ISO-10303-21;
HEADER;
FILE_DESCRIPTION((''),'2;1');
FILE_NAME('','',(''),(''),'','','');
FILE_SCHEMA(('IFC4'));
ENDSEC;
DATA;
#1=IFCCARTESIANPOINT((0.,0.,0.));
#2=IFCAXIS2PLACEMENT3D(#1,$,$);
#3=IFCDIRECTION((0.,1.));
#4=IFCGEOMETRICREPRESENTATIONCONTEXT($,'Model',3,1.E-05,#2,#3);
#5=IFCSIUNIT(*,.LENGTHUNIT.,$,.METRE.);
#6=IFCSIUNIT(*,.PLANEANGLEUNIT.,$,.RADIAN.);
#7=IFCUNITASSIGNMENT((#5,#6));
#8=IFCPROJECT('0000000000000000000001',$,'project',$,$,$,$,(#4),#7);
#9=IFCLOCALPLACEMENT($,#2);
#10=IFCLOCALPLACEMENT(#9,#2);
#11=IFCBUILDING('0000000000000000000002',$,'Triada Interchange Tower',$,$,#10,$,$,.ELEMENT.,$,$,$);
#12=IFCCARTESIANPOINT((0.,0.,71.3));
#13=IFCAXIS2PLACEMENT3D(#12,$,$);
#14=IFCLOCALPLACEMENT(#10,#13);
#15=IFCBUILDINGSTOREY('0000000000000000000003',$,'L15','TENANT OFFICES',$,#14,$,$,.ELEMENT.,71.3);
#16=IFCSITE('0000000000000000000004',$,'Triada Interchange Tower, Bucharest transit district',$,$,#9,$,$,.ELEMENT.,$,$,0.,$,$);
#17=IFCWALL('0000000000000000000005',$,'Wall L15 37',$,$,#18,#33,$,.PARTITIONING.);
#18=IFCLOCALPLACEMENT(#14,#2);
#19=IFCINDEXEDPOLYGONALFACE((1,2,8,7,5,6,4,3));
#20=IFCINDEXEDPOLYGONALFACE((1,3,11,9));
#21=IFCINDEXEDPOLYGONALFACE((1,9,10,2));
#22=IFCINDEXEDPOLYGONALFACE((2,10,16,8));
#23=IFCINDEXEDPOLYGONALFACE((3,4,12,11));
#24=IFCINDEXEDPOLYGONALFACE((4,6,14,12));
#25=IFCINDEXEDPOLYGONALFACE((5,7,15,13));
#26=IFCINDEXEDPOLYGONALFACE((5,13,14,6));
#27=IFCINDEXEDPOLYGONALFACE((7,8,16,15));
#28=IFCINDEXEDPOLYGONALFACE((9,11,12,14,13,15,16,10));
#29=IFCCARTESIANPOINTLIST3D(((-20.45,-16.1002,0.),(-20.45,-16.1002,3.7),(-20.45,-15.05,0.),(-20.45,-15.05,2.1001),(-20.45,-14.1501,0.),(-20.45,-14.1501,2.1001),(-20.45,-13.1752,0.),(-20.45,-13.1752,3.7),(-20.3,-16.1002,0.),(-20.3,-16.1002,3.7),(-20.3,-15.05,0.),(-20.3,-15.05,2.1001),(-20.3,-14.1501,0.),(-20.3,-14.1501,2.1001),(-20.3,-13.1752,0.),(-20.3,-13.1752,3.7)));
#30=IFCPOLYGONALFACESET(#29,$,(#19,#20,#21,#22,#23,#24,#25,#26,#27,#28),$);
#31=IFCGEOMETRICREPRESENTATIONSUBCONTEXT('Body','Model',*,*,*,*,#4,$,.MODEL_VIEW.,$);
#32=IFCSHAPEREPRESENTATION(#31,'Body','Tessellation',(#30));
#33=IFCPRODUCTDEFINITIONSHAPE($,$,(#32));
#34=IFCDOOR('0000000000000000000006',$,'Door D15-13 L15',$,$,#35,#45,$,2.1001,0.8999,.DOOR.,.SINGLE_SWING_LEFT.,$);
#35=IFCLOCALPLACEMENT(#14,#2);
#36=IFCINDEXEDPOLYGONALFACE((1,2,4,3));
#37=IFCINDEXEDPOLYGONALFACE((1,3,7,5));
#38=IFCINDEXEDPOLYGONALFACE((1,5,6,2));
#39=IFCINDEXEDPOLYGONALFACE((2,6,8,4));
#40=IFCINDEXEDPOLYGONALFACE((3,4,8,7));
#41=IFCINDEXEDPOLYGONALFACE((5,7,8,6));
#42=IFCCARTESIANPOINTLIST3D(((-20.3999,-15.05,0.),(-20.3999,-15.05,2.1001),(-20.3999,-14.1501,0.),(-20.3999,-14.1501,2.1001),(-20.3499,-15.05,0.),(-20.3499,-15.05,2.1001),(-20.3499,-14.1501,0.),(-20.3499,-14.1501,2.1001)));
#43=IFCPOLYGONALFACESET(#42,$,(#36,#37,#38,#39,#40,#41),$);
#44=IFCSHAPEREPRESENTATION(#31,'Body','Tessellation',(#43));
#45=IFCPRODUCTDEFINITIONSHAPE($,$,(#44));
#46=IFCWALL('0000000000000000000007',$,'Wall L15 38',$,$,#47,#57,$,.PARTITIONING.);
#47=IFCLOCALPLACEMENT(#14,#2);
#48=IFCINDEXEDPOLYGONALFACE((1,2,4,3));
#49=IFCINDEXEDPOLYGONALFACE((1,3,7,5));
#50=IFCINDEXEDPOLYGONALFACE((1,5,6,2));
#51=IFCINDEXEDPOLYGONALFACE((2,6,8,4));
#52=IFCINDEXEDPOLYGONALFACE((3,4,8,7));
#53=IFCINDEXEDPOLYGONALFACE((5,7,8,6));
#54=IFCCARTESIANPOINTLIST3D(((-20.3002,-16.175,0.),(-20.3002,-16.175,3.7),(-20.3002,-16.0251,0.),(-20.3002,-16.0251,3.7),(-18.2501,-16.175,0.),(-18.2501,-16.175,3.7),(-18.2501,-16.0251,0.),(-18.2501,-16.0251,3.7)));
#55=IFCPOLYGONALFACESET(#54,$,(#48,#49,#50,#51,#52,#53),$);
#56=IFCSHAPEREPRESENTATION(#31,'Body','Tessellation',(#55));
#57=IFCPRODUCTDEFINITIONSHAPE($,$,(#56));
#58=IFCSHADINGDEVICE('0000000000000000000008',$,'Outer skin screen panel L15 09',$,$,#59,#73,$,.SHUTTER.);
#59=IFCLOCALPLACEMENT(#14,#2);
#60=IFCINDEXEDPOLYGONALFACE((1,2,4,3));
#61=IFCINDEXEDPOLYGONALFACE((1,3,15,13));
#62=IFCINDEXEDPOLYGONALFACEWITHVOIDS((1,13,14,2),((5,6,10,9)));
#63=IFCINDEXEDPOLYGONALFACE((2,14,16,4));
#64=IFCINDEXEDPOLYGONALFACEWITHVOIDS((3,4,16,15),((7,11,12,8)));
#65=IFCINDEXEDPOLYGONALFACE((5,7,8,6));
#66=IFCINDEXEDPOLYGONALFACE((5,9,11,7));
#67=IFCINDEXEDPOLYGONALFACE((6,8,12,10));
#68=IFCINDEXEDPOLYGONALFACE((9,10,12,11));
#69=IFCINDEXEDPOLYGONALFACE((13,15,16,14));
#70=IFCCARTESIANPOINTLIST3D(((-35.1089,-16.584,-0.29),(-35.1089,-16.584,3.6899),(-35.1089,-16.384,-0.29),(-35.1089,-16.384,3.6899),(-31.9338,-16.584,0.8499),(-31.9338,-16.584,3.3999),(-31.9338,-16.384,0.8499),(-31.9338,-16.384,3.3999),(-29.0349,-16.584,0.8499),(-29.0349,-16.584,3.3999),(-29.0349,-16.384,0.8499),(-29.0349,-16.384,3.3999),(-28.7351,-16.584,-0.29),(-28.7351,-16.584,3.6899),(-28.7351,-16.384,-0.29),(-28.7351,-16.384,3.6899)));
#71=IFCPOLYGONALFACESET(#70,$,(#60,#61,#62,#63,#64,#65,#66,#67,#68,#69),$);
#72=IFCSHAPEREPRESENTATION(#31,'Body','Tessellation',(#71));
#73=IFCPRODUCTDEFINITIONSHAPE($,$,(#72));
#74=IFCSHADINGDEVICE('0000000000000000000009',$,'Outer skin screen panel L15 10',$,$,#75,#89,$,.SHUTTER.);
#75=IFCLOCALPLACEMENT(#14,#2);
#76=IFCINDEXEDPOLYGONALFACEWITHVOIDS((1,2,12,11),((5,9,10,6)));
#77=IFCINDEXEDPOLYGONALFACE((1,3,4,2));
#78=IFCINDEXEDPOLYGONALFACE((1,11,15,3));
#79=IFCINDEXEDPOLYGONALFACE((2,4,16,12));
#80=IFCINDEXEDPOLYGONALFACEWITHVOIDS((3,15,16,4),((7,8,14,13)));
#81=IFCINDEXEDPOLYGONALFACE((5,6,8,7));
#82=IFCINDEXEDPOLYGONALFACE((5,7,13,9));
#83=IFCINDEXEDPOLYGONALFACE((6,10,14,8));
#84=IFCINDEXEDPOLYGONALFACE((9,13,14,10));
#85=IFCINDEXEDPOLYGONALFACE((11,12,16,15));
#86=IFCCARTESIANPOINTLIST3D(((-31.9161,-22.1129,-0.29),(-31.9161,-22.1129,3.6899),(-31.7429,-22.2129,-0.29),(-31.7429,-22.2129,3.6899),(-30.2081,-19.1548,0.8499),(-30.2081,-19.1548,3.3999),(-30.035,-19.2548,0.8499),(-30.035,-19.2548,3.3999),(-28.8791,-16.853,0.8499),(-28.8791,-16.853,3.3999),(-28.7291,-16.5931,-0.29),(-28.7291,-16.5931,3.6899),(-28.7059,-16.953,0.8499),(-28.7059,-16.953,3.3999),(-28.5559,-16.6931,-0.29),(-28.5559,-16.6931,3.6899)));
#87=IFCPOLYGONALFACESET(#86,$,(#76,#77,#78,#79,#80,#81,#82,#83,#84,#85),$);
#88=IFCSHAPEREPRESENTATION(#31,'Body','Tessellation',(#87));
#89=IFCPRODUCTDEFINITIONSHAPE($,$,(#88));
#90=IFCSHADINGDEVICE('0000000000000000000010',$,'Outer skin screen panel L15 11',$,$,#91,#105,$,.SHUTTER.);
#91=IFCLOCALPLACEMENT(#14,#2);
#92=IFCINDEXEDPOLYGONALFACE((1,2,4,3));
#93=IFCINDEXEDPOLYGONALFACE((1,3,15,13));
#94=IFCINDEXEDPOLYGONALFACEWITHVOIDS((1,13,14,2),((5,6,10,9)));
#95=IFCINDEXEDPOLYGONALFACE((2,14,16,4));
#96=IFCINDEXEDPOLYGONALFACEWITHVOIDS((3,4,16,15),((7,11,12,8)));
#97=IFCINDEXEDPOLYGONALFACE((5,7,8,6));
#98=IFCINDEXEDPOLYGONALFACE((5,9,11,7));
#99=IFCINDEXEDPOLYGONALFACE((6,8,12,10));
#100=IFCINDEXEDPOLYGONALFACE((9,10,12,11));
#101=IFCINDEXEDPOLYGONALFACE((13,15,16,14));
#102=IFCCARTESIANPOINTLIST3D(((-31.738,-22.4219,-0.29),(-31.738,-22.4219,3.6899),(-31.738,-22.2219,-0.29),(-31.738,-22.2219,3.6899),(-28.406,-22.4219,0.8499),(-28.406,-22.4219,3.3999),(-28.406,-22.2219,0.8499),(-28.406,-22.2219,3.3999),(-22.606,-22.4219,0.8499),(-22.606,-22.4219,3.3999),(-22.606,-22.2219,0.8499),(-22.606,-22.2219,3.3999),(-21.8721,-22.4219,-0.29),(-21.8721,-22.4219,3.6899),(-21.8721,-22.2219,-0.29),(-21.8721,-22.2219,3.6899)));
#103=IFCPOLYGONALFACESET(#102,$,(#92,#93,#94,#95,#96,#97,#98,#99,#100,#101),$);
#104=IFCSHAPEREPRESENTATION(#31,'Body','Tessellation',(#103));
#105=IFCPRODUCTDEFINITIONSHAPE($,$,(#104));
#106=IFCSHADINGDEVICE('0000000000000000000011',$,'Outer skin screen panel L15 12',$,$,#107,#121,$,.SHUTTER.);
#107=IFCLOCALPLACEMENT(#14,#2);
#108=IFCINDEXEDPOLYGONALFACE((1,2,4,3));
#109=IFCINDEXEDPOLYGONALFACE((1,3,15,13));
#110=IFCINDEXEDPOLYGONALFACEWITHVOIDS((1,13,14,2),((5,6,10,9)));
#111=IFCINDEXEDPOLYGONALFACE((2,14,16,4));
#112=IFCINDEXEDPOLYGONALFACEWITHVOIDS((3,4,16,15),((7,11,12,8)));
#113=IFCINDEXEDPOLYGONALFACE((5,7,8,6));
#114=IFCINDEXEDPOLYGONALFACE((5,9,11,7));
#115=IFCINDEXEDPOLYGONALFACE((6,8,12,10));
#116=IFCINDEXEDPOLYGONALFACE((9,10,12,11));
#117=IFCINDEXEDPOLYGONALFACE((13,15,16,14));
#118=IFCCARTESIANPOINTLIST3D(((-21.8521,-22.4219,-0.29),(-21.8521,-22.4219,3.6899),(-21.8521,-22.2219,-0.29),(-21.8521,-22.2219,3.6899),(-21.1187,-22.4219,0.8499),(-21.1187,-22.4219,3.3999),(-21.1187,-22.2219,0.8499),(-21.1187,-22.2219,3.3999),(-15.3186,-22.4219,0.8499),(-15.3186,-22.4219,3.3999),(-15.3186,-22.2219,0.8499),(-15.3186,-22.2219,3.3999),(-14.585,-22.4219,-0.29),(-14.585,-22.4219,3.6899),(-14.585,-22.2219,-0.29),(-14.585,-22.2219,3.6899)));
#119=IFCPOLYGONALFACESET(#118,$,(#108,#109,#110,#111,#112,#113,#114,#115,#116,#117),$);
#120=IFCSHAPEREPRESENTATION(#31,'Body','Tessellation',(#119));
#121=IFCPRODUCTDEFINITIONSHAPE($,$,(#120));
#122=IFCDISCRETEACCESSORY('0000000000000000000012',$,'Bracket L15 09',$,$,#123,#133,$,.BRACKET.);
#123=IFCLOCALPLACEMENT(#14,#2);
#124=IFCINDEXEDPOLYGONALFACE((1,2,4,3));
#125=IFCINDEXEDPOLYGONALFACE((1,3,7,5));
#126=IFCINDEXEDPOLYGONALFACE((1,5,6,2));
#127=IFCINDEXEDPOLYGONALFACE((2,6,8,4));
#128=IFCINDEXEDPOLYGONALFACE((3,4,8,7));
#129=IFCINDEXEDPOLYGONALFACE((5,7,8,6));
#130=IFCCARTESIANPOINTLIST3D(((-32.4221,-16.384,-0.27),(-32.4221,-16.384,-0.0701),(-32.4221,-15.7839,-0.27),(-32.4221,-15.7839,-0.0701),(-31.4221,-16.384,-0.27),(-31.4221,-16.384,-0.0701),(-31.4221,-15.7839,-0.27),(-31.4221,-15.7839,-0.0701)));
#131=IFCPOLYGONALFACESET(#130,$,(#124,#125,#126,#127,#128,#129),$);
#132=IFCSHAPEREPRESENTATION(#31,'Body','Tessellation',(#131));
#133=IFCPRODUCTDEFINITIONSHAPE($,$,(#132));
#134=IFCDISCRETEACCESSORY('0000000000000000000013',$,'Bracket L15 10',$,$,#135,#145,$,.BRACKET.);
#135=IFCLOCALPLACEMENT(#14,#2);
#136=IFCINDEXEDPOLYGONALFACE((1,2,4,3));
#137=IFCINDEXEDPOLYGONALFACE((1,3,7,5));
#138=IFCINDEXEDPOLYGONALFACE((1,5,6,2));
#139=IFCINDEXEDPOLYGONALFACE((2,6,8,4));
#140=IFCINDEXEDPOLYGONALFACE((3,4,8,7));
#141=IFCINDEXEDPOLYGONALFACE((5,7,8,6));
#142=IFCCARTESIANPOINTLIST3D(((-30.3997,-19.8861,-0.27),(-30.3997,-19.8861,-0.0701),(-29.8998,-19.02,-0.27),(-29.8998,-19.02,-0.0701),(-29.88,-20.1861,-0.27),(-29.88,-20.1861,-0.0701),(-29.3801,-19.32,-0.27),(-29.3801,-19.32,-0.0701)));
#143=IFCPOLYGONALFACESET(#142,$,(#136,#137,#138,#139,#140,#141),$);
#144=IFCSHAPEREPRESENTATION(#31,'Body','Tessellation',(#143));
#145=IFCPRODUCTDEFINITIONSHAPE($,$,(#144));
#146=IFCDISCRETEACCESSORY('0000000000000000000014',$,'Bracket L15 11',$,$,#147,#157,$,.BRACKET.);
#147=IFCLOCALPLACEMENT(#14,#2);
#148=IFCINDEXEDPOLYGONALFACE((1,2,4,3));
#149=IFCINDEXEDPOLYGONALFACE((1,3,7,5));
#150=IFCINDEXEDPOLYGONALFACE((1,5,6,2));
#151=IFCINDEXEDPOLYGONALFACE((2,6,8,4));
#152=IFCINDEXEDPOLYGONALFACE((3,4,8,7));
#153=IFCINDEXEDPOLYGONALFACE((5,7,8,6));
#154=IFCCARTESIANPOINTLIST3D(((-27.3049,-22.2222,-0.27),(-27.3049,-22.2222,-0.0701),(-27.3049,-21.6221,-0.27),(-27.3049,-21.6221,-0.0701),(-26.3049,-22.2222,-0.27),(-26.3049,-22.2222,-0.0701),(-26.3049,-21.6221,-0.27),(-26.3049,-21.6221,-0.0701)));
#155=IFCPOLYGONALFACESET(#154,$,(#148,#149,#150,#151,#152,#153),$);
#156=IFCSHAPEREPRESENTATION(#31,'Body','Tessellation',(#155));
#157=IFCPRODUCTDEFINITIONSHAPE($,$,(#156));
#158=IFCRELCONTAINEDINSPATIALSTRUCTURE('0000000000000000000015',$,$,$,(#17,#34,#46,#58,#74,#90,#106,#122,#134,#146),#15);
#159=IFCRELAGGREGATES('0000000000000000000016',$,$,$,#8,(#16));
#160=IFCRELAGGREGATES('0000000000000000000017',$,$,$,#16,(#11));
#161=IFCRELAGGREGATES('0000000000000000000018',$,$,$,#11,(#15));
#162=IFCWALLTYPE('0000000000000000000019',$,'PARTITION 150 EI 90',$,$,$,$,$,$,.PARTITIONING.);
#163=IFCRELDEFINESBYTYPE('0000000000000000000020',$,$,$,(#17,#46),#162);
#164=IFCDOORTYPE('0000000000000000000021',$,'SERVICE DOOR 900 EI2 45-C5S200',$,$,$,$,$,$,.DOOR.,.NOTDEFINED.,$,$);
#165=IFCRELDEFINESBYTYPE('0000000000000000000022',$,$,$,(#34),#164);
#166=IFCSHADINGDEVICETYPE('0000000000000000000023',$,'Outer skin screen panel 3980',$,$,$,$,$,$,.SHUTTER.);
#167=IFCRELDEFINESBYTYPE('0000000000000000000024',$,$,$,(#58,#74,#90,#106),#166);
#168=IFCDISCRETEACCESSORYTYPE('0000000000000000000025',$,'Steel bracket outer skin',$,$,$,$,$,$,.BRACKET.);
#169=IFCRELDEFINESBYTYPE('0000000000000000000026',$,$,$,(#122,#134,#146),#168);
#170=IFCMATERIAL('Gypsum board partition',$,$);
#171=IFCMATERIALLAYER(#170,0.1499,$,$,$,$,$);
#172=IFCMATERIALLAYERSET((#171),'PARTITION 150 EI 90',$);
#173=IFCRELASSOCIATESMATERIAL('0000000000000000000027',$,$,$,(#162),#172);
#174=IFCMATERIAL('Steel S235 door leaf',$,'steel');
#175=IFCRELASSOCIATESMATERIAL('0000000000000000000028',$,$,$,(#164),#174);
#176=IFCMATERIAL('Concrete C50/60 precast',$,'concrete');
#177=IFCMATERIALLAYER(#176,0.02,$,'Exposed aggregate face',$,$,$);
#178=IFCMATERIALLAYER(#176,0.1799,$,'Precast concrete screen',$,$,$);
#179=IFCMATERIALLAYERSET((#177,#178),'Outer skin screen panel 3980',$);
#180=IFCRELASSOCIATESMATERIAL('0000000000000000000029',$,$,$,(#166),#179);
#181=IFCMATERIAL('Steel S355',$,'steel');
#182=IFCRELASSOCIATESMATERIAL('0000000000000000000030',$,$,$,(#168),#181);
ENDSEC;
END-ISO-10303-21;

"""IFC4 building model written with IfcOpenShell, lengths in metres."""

from ifc_helpers import new_model, si_unit, direction, frame, frame_2d, origin, origin_2d, place, context, subcontext, project, spatial, polyline, rectangle, outline, extrude, material, layer, layer_set, type_object, element, fill, save


model = new_model("IFC4")

# Units and contexts
model_context = context("Model", 3, precision=1e-05, world=origin(), true_north=direction((0.0, 1.0)))
body_context = subcontext(model_context, "Body", "Model", "MODEL_VIEW")
ifc_project = project(units=[si_unit("LENGTHUNIT", "METRE"), si_unit("PLANEANGLEUNIT", "RADIAN")], contexts=[model_context])

# Site, building, storey
site_placement = place(None, origin())
site = spatial("IfcSite", under=ifc_project, at=site_placement, Name="Triada Interchange Tower, Bucharest transit district", CompositionType="ELEMENT", RefElevation=0.0)
building_placement = place(site_placement, origin())
building = spatial("IfcBuilding", under=site, at=building_placement, Name="Triada Interchange Tower", CompositionType="ELEMENT")
storey_placement = place(building_placement, frame((0.0, 0.0, 71.3)))
storey = spatial("IfcBuildingStorey", under=building, at=storey_placement, Name="L15", Description="TENANT OFFICES", CompositionType="ELEMENT", Elevation=71.3)

# Wall, opening, door
ifc_material_1 = material(Name="Gypsum board partition")
ifc_layer_1 = layer(ifc_material_1, 0.1499)
ifc_layer_set_1 = layer_set([ifc_layer_1], Name="PARTITION 150 EI 90")
wall_type_1 = type_object("IfcWallType", Name="PARTITION 150 EI 90", PredefinedType="PARTITIONING", material=ifc_layer_set_1)
wall_1_placement = place(storey_placement, frame((-20.375, -16.1001, 0.0), z_axis=(0.0, 0.0, 1.0), x_axis=(0.0, 1.0, 0.0)))
wall_1 = element("IfcWall", 1, at=wall_1_placement, inside=storey, type_object=wall_type_1, Name="Wall L15 37", PredefinedType="PARTITIONING", context=body_context, shape_type="SweptSolid", body=[
    extrude(rectangle(XDim=2.925, YDim=0.1499, at=frame_2d((1.4624, 0.0))), origin(), (0.0, 0.0, 1.0), 3.7),
])
opening_1_placement = place(wall_1_placement, frame((1.05, 0.0, 0.0)))
opening_1 = element("IfcOpeningElement", 2, at=opening_1_placement, cuts=wall_1, PredefinedType="OPENING", context=body_context, shape_type="SweptSolid", body=[
    extrude(rectangle(XDim=0.8999, YDim=2.1001, at=frame_2d((0.45, 1.05))), frame((0.0, 0.085, 0.0), z_axis=(0.0, -1.0, 0.0), x_axis=(1.0, 0.0, 0.0)), (0.0, 0.0, 1.0), 0.1699),
])
ifc_material_2 = material(Name="Steel S235 door leaf", Category="steel")
door_type = type_object("IfcDoorType", Name="SERVICE DOOR 900 EI2 45-C5S200", OperationType="NOTDEFINED", PredefinedType="DOOR", material=ifc_material_2)
door_placement = place(opening_1_placement, origin())
door = element("IfcDoor", 3, at=door_placement, inside=storey, type_object=door_type, Name="Door D15-13 L15", OperationType="SINGLE_SWING_LEFT", OverallHeight=2.1001, OverallWidth=0.8999, PredefinedType="DOOR", context=body_context, shape_type="SweptSolid", body=[
    extrude(rectangle(XDim=0.8999, YDim=2.1001, at=frame_2d((0.45, 1.05))), frame((0.0, 0.0249, 0.0), z_axis=(0.0, -1.0, 0.0), x_axis=(1.0, 0.0, 0.0)), (0.0, 0.0, 1.0), 0.05),
])
fill(opening_1, door)

# Wall
wall_2_placement = place(storey_placement, frame((-20.3, -16.1001, 0.0), z_axis=(0.0, 0.0, 1.0), x_axis=(1.0, 0.0, 0.0)))
element("IfcWall", 4, at=wall_2_placement, inside=storey, type_object=wall_type_1, Name="Wall L15 38", PredefinedType="PARTITIONING", context=body_context, shape_type="SweptSolid", body=[
    extrude(rectangle(XDim=2.05, YDim=0.1499, at=frame_2d((1.0249, 0.0))), origin(), (0.0, 0.0, 1.0), 3.7),
])

# Shading devices
ifc_material_3 = material(Name="Concrete C50/60 precast", Category="concrete")
ifc_layer_2 = layer(ifc_material_3, 0.02, Name="Exposed aggregate face")
ifc_layer_3 = layer(ifc_material_3, 0.1799, Name="Precast concrete screen")
ifc_layer_set_2 = layer_set([ifc_layer_2, ifc_layer_3], Name="Outer skin screen panel 3980")
shading_device_type = type_object("IfcShadingDeviceType", Name="Outer skin screen panel 3980", PredefinedType="SHUTTER", material=ifc_layer_set_2)
shading_device_1_placement = place(storey_placement, frame((-35.1089, -16.384, -0.29), z_axis=(0.0, 0.0, 1.0), x_axis=(1.0, 0.0, 0.0)))
element("IfcShadingDevice", 5, at=shading_device_1_placement, inside=storey, type_object=shading_device_type, Name="Outer skin screen panel L15 09", PredefinedType="SHUTTER", context=body_context, shape_type="SweptSolid", body=[
    extrude(outline(polyline([(0.0, 0.0), (6.3738, 0.0), (6.3738, 3.98), (0.0, 3.98), (0.0, 0.0)]), holes=[polyline([(3.175, 1.1399), (3.175, 3.6899), (6.074, 3.6899), (6.074, 1.1399), (3.175, 1.1399)])]), frame((0.0, 0.0, 0.0), z_axis=(0.0, -1.0, 0.0), x_axis=(1.0, 0.0, 0.0)), (0.0, 0.0, 1.0), 0.2),
])
shading_device_2_placement = place(storey_placement, frame((-28.5559, -16.6931, -0.29), z_axis=(0.0, 0.0, 1.0), x_axis=(-0.50002, -0.866014, 0.0)))
element("IfcShadingDevice", 6, at=shading_device_2_placement, inside=storey, type_object=shading_device_type, Name="Outer skin screen panel L15 10", PredefinedType="SHUTTER", context=body_context, shape_type="SweptSolid", body=[
    extrude(outline(polyline([(0.0, 0.0), (6.3738, 0.0), (6.3738, 3.98), (0.0, 3.98), (0.0, 0.0)]), holes=[polyline([(0.3, 1.1399), (0.3, 3.6899), (2.958, 3.6899), (2.958, 1.1399), (0.3, 1.1399)])]), frame((0.0, 0.0, 0.0), z_axis=(0.0, -1.0, 0.0), x_axis=(1.0, 0.0, 0.0)), (0.0, 0.0, 1.0), 0.2),
])
shading_device_3_placement = place(storey_placement, frame((-31.738, -22.2219, -0.29), z_axis=(0.0, 0.0, 1.0), x_axis=(1.0, 0.0, 0.0)))
element("IfcShadingDevice", 7, at=shading_device_3_placement, inside=storey, type_object=shading_device_type, Name="Outer skin screen panel L15 11", PredefinedType="SHUTTER", context=body_context, shape_type="SweptSolid", body=[
    extrude(outline(polyline([(0.0, 0.0), (9.866, 0.0), (9.866, 3.98), (0.0, 3.98), (0.0, 0.0)]), holes=[polyline([(3.332, 1.1399), (3.332, 3.6899), (9.1321, 3.6899), (9.1321, 1.1399), (3.332, 1.1399)])]), frame((0.0, 0.0, 0.0), z_axis=(0.0, -1.0, 0.0), x_axis=(1.0, 0.0, 0.0)), (0.0, 0.0, 1.0), 0.2),
])
shading_device_4_placement = place(storey_placement, frame((-21.8521, -22.2219, -0.29), z_axis=(0.0, 0.0, 1.0), x_axis=(1.0, 0.0, 0.0)))
element("IfcShadingDevice", 8, at=shading_device_4_placement, inside=storey, type_object=shading_device_type, Name="Outer skin screen panel L15 12", PredefinedType="SHUTTER", context=body_context, shape_type="SweptSolid", body=[
    extrude(outline(polyline([(0.0, 0.0), (7.2671, 0.0), (7.2671, 3.98), (0.0, 3.98), (0.0, 0.0)]), holes=[polyline([(0.7334, 1.1399), (0.7334, 3.6899), (6.5334, 3.6899), (6.5334, 1.1399), (0.7334, 1.1399)])]), frame((0.0, 0.0, 0.0), z_axis=(0.0, -1.0, 0.0), x_axis=(1.0, 0.0, 0.0)), (0.0, 0.0, 1.0), 0.2),
])

# Discrete accessories
ifc_material_4 = material(Name="Steel S355", Category="steel")
discrete_accessory_type = type_object("IfcDiscreteAccessoryType", Name="Steel bracket outer skin", PredefinedType="BRACKET", material=ifc_material_4)
for number, where, z_axis, x_axis, name in (
    (9, (-31.9221, -16.084, -0.27), (0.0, 0.0, 1.0), (0.0, -1.0, 0.0), "Bracket L15 09"),
    (10, (-29.8899, -19.603, -0.27), (0.0, 0.0, 1.0), (-0.866062, 0.499936, 0.0), "Bracket L15 10"),
    (11, (-26.8049, -21.9221, -0.27), (0.0, 0.0, 1.0), (0.0, -1.0, 0.0), "Bracket L15 11"),
):
    element("IfcDiscreteAccessory", number, at=place(storey_placement, frame(where, z_axis=z_axis, x_axis=x_axis)), inside=storey, type_object=discrete_accessory_type, Name=name, PredefinedType="BRACKET", context=body_context, shape_type="SweptSolid", body=[
        extrude(rectangle(XDim=0.6001, YDim=1.0, at=origin_2d()), origin(), (0.0, 0.0, 1.0), 0.2),
    ])

save(model, "model.ifc")
